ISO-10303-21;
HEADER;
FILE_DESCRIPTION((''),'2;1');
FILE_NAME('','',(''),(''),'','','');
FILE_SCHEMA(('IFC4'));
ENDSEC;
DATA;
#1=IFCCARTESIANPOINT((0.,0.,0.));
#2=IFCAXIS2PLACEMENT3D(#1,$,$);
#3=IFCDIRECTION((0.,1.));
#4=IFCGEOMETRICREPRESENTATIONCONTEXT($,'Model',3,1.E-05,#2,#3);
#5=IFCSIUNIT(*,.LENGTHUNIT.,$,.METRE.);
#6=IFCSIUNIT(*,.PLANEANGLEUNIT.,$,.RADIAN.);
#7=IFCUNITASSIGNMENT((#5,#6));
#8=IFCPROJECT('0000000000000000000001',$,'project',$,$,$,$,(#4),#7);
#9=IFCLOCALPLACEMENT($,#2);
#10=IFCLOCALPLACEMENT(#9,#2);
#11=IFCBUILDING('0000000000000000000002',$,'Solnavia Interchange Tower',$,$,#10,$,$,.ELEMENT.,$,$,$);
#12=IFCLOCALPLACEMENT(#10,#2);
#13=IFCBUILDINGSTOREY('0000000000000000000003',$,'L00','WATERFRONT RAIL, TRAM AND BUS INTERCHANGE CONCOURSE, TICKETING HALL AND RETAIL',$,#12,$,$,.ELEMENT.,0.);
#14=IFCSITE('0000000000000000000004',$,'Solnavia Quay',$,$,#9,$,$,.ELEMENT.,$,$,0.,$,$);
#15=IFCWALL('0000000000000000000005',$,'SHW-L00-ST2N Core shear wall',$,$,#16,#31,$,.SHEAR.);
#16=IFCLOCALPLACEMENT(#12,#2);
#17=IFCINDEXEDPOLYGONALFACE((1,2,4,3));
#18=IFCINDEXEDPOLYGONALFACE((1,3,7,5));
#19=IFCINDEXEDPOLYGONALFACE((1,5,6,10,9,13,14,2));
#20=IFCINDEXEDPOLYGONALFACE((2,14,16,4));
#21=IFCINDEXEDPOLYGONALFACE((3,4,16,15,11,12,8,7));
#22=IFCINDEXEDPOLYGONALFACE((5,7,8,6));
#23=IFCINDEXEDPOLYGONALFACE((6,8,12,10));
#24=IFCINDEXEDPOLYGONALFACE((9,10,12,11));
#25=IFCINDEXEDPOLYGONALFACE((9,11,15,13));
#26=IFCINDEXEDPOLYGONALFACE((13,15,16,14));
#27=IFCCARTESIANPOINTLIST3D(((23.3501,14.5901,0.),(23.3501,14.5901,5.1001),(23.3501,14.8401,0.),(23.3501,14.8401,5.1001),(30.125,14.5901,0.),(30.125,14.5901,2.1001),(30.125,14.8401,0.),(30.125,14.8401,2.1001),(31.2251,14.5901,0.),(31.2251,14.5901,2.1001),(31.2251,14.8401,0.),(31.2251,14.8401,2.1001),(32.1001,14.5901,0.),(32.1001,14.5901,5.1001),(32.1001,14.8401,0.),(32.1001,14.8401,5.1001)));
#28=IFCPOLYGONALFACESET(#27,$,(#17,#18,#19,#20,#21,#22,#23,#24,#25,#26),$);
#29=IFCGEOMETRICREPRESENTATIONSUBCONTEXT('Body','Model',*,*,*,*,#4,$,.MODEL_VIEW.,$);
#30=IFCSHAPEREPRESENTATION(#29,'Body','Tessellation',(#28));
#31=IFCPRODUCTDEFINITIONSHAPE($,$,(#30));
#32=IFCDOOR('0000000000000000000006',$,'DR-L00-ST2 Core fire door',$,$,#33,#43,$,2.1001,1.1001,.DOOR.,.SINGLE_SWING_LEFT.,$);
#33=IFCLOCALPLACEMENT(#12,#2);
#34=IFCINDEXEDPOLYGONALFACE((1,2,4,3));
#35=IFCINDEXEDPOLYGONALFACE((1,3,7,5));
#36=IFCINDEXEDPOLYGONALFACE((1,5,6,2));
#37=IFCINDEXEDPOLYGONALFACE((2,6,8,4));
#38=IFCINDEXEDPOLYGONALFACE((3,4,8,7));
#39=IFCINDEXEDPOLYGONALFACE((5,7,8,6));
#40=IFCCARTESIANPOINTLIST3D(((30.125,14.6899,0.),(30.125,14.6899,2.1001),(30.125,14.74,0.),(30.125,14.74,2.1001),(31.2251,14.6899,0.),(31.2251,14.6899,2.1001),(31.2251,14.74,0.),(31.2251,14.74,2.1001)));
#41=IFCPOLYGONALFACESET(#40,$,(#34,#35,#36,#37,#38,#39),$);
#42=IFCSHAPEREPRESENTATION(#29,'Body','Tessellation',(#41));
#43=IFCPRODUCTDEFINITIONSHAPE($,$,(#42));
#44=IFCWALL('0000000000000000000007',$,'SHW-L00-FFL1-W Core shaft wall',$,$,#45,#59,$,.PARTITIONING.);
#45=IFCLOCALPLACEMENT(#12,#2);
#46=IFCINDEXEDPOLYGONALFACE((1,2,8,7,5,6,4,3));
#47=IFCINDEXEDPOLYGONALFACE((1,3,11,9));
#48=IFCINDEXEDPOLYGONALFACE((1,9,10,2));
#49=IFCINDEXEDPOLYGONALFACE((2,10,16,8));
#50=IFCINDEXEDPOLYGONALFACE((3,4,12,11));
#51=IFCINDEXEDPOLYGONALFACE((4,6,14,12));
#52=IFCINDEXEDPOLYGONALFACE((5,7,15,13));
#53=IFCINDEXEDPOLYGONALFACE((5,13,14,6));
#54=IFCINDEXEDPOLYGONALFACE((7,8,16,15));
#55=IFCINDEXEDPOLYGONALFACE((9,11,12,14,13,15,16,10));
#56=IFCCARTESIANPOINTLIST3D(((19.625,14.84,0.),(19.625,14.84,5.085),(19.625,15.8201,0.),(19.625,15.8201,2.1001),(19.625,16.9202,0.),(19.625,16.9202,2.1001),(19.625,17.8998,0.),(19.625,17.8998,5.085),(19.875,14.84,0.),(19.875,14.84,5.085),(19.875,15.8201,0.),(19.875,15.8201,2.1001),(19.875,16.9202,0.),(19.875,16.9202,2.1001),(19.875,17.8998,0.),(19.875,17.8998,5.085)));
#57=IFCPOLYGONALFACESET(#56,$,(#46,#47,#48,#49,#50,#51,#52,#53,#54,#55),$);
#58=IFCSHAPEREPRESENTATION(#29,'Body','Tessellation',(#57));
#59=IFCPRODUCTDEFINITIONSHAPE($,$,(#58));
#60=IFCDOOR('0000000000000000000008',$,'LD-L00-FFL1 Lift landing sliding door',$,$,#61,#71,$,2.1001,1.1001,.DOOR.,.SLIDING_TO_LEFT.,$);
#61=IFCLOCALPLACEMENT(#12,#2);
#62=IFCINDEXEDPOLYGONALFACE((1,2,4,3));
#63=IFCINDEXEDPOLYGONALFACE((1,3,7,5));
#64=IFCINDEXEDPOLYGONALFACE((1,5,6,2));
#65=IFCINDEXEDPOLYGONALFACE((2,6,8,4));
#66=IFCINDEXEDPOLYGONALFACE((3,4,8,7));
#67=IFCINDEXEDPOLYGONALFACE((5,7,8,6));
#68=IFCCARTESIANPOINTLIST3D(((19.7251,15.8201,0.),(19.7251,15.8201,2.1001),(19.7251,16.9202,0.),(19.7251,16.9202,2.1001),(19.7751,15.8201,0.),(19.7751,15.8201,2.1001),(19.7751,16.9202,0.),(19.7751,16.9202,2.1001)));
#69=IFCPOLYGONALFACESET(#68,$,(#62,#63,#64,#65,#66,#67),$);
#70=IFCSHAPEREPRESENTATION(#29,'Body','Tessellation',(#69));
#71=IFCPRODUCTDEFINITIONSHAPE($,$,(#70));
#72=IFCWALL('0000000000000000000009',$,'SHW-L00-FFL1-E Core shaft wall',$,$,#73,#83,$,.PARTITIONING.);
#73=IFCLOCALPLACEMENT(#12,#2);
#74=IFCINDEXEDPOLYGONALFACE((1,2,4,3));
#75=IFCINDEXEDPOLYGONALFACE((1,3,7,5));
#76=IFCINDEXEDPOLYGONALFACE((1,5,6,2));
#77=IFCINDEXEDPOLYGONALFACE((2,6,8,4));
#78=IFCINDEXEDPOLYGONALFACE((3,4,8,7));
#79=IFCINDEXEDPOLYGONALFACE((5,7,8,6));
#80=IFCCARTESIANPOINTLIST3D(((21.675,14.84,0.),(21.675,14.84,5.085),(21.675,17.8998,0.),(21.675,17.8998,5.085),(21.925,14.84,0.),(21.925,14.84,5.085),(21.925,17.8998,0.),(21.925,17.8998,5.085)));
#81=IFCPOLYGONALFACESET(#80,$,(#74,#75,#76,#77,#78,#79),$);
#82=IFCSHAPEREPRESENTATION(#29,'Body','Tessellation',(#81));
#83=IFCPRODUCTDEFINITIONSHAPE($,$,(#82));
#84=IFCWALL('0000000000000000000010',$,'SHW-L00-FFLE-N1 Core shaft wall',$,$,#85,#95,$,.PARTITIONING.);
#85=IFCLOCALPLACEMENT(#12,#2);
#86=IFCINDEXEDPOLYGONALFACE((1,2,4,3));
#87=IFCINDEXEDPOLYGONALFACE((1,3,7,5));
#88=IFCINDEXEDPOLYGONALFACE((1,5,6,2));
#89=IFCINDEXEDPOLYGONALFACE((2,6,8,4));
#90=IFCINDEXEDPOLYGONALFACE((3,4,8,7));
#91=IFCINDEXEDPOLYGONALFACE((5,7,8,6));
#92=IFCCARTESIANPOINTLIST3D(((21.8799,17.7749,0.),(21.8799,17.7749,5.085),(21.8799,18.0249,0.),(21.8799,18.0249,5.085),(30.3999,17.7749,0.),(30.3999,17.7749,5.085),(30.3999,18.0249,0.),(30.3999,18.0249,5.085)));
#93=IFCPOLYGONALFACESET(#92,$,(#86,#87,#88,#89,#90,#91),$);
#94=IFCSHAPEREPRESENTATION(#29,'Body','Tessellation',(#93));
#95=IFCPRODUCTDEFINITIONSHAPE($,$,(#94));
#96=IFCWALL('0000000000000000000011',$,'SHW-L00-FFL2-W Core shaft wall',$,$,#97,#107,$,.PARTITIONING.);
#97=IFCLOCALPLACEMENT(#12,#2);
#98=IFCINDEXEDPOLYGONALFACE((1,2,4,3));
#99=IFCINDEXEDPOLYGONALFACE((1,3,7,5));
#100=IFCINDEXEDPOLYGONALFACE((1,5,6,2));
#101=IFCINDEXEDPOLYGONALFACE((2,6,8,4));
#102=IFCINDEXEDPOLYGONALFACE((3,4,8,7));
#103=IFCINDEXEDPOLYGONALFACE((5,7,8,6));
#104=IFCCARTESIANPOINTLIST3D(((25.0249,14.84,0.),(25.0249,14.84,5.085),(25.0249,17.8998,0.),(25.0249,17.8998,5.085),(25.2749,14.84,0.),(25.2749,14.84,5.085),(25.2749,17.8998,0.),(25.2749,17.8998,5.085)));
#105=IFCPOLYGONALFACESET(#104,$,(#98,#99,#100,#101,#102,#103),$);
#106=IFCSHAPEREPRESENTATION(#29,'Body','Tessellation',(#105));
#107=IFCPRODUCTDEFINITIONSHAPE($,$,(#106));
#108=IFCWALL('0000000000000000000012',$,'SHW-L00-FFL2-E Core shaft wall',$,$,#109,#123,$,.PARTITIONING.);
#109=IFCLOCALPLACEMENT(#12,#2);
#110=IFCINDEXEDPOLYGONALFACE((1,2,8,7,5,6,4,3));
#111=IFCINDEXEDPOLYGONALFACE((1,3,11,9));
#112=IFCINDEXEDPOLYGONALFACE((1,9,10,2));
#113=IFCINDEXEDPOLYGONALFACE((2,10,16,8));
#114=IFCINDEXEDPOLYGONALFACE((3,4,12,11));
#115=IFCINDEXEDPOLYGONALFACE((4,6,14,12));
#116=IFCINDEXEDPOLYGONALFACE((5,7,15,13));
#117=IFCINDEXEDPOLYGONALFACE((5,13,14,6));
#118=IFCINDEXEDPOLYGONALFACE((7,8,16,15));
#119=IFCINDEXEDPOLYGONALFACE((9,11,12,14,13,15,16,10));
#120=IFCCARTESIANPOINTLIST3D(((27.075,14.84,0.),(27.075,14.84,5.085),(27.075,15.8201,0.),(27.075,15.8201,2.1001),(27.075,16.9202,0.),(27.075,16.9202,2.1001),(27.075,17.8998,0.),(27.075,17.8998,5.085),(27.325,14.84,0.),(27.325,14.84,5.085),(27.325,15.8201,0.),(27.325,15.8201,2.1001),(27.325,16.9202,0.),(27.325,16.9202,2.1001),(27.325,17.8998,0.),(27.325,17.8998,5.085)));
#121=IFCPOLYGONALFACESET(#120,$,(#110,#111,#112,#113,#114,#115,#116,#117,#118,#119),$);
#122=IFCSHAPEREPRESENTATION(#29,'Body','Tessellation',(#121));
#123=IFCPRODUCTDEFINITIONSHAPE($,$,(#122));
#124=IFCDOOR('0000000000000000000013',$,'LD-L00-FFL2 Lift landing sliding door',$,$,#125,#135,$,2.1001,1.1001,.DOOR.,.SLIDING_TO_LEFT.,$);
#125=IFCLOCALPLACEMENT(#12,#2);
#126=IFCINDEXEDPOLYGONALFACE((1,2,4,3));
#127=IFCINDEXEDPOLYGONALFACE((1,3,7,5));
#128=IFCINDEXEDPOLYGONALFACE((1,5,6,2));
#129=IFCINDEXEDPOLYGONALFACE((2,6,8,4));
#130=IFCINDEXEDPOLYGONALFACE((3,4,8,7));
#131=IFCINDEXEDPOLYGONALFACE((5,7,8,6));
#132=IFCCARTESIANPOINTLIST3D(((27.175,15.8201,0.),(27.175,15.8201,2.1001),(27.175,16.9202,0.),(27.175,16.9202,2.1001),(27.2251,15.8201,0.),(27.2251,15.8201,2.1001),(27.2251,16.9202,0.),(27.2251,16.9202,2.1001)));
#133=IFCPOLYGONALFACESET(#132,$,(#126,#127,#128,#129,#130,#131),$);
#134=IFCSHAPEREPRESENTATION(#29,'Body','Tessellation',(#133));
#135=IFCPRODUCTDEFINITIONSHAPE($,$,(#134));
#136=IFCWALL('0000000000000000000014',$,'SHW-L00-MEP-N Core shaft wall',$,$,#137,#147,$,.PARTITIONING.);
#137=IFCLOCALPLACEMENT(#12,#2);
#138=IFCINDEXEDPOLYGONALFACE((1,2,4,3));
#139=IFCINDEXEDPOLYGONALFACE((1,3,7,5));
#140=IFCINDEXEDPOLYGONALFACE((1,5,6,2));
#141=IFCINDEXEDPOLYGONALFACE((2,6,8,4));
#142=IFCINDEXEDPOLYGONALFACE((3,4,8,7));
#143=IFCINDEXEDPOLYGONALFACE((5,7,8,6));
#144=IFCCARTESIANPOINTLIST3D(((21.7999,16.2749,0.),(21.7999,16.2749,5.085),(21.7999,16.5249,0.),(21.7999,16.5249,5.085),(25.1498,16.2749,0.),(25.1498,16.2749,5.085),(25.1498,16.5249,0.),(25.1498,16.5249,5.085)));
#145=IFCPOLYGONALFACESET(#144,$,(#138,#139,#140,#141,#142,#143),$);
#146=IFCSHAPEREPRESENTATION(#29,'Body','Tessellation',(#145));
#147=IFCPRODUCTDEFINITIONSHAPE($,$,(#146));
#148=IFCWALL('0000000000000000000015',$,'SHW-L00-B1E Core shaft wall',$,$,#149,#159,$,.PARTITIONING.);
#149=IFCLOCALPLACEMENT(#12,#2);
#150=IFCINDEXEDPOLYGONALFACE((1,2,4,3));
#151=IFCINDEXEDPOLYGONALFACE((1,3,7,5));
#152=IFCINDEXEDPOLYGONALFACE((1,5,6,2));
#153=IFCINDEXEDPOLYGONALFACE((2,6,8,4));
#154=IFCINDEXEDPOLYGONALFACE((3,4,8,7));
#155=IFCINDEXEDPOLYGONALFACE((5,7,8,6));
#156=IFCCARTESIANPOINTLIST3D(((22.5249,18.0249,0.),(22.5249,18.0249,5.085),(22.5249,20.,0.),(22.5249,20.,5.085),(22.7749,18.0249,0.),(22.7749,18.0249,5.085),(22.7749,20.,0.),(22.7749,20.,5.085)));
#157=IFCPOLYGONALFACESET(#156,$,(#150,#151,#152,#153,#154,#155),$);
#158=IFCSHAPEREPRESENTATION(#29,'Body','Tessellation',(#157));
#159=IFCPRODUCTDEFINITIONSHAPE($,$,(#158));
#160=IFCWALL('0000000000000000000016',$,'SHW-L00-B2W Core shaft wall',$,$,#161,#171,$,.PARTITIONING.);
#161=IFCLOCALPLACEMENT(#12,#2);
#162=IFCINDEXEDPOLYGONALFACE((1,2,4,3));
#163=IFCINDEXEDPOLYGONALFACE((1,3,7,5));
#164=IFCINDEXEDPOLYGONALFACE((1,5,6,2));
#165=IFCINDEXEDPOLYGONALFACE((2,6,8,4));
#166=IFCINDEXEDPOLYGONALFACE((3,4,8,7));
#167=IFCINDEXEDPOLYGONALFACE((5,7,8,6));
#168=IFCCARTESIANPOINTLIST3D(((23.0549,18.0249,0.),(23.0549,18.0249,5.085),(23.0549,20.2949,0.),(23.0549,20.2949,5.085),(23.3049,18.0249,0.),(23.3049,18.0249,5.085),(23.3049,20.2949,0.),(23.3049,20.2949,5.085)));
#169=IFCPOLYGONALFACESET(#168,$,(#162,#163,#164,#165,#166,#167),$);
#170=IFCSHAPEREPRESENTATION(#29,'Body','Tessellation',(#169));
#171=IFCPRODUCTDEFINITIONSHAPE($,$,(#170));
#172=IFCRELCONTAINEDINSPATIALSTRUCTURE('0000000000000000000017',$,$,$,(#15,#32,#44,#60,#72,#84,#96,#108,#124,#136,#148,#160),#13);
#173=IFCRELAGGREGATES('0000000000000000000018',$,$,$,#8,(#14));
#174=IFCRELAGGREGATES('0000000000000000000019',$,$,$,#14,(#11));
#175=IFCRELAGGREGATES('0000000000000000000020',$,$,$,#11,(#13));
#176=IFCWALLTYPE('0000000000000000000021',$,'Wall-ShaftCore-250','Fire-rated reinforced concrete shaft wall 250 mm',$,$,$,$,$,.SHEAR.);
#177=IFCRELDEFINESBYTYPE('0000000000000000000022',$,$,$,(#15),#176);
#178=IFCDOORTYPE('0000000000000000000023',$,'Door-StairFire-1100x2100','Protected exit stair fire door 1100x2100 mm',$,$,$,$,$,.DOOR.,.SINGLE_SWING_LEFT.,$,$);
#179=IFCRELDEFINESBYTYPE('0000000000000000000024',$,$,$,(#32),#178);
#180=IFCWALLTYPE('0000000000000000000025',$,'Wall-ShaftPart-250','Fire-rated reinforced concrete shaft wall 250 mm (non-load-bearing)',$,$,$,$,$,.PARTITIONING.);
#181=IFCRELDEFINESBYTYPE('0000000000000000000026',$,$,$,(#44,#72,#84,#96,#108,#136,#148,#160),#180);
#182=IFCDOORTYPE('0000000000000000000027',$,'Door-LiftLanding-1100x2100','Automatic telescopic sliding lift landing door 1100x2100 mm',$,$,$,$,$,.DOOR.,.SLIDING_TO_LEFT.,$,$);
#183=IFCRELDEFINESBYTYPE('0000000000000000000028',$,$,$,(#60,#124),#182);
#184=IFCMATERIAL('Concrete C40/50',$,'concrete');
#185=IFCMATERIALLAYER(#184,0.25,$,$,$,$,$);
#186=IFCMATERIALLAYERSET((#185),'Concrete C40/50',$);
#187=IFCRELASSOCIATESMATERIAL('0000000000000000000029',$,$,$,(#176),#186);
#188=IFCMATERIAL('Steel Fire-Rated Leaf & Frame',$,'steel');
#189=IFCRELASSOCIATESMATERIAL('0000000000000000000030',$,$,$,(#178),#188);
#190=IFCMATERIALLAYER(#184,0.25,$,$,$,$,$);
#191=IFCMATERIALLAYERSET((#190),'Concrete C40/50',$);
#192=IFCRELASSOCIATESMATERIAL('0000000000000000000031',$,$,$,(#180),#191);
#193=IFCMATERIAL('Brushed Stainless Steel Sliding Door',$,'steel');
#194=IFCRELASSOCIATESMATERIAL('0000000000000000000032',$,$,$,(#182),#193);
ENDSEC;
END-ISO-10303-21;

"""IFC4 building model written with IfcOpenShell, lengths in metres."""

from ifc_helpers import new_model, si_unit, direction, frame, frame_2d, origin, place, context, subcontext, project, spatial, rectangle, extrude, material, layer, layer_set, type_object, element, fill, save


model = new_model("IFC4")

# Units and contexts
model_context = context("Model", 3, precision=1e-05, world=origin(), true_north=direction((0.0, 1.0)))
body_context = subcontext(model_context, "Body", "Model", "MODEL_VIEW")
ifc_project = project(units=[si_unit("LENGTHUNIT", "METRE"), si_unit("PLANEANGLEUNIT", "RADIAN")], contexts=[model_context])

# Site, building, storey
site_placement = place(None, origin())
site = spatial("IfcSite", under=ifc_project, at=site_placement, Name="Solnavia Quay", CompositionType="ELEMENT", RefElevation=0.0)
building_placement = place(site_placement, origin())
building = spatial("IfcBuilding", under=site, at=building_placement, Name="Solnavia Interchange Tower", CompositionType="ELEMENT")
storey_placement = place(building_placement, origin())
storey = spatial("IfcBuildingStorey", under=building, at=storey_placement, Name="L00", Description="WATERFRONT RAIL, TRAM AND BUS INTERCHANGE CONCOURSE, TICKETING HALL AND RETAIL", CompositionType="ELEMENT", Elevation=0.0)

# Walls, openings, doors
ifc_material_1 = material(Name="Concrete C40/50", Category="concrete")
ifc_layer_1 = layer(ifc_material_1, 0.25)
ifc_layer_set_1 = layer_set([ifc_layer_1], Name="Concrete C40/50")
wall_type_1 = type_object("IfcWallType", Name="Wall-ShaftCore-250", Description="Fire-rated reinforced concrete shaft wall 250 mm", PredefinedType="SHEAR", material=ifc_layer_set_1)
wall_1_placement = place(storey_placement, frame((23.3501, 14.7151, 0.0), z_axis=(0.0, 0.0, 1.0), x_axis=(1.0, 0.0, 0.0)))
wall_1 = element("IfcWall", 1, at=wall_1_placement, inside=storey, type_object=wall_type_1, Name="SHW-L00-ST2N Core shear wall", PredefinedType="SHEAR", context=body_context, shape_type="SweptSolid", body=[
    extrude(rectangle(XDim=8.75, YDim=0.25, at=frame_2d((4.375, 0.0))), origin(), (0.0, 0.0, 1.0), 5.1001),
])
opening_1_placement = place(wall_1_placement, frame((6.7749, 0.0, 0.0)))
opening_1 = element("IfcOpeningElement", 2, at=opening_1_placement, cuts=wall_1, PredefinedType="OPENING", context=body_context, shape_type="SweptSolid", body=[
    extrude(rectangle(XDim=1.1001, YDim=2.1001, at=frame_2d((0.55, 1.05))), frame((0.0, 0.135, 0.0), z_axis=(0.0, -1.0, 0.0), x_axis=(1.0, 0.0, 0.0)), (0.0, 0.0, 1.0), 0.27),
])
ifc_material_2 = material(Name="Steel Fire-Rated Leaf & Frame", Category="steel")
door_type_1 = type_object("IfcDoorType", Name="Door-StairFire-1100x2100", Description="Protected exit stair fire door 1100x2100 mm", OperationType="SINGLE_SWING_LEFT", PredefinedType="DOOR", material=ifc_material_2)
door_1_placement = place(opening_1_placement, origin())
door_1 = element("IfcDoor", 3, at=door_1_placement, inside=storey, type_object=door_type_1, Name="DR-L00-ST2 Core fire door", OperationType="SINGLE_SWING_LEFT", OverallHeight=2.1001, OverallWidth=1.1001, PredefinedType="DOOR", context=body_context, shape_type="SweptSolid", body=[
    extrude(rectangle(XDim=1.1001, YDim=2.1001, at=frame_2d((0.55, 1.05))), frame((0.0, 0.0249, 0.0), z_axis=(0.0, -1.0, 0.0), x_axis=(1.0, 0.0, 0.0)), (0.0, 0.0, 1.0), 0.05),
])
fill(opening_1, door_1)
ifc_layer_2 = layer(ifc_material_1, 0.25)
ifc_layer_set_2 = layer_set([ifc_layer_2], Name="Concrete C40/50")
wall_type_2 = type_object("IfcWallType", Name="Wall-ShaftPart-250", Description="Fire-rated reinforced concrete shaft wall 250 mm (non-load-bearing)", PredefinedType="PARTITIONING", material=ifc_layer_set_2)
wall_2_placement = place(storey_placement, frame((19.75, 14.8401, 0.0), z_axis=(0.0, 0.0, 1.0), x_axis=(0.0, 1.0, 0.0)))
wall_2 = element("IfcWall", 4, at=wall_2_placement, inside=storey, type_object=wall_type_2, Name="SHW-L00-FFL1-W Core shaft wall", PredefinedType="PARTITIONING", context=body_context, shape_type="SweptSolid", body=[
    extrude(rectangle(XDim=3.0598, YDim=0.25, at=frame_2d((1.5298, 0.0))), origin(), (0.0, 0.0, 1.0), 5.085),
])
opening_2_placement = place(wall_2_placement, frame((0.98, 0.0, 0.0)))
opening_2 = element("IfcOpeningElement", 5, at=opening_2_placement, cuts=wall_2, PredefinedType="OPENING", context=body_context, shape_type="SweptSolid", body=[
    extrude(rectangle(XDim=1.1001, YDim=2.1001, at=frame_2d((0.55, 1.05))), frame((0.0, 0.135, 0.0), z_axis=(0.0, -1.0, 0.0), x_axis=(1.0, 0.0, 0.0)), (0.0, 0.0, 1.0), 0.27),
])
ifc_material_3 = material(Name="Brushed Stainless Steel Sliding Door", Category="steel")
door_type_2 = type_object("IfcDoorType", Name="Door-LiftLanding-1100x2100", Description="Automatic telescopic sliding lift landing door 1100x2100 mm", OperationType="SLIDING_TO_LEFT", PredefinedType="DOOR", material=ifc_material_3)
door_2_placement = place(opening_2_placement, origin())
door_2 = element("IfcDoor", 6, at=door_2_placement, inside=storey, type_object=door_type_2, Name="LD-L00-FFL1 Lift landing sliding door", OperationType="SLIDING_TO_LEFT", OverallHeight=2.1001, OverallWidth=1.1001, PredefinedType="DOOR", context=body_context, shape_type="SweptSolid", body=[
    extrude(rectangle(XDim=1.1001, YDim=2.1001, at=frame_2d((0.55, 1.05))), frame((0.0, 0.0249, 0.0), z_axis=(0.0, -1.0, 0.0), x_axis=(1.0, 0.0, 0.0)), (0.0, 0.0, 1.0), 0.05),
])
fill(opening_2, door_2)

# Walls
wall_3_placement = place(storey_placement, frame((21.8, 14.8401, 0.0), z_axis=(0.0, 0.0, 1.0), x_axis=(0.0, 1.0, 0.0)))
element("IfcWall", 7, at=wall_3_placement, inside=storey, type_object=wall_type_2, Name="SHW-L00-FFL1-E Core shaft wall", PredefinedType="PARTITIONING", context=body_context, shape_type="SweptSolid", body=[
    extrude(rectangle(XDim=3.0598, YDim=0.25, at=frame_2d((1.5298, 0.0))), origin(), (0.0, 0.0, 1.0), 5.085),
])
wall_4_placement = place(storey_placement, frame((21.8799, 17.8999, 0.0), z_axis=(0.0, 0.0, 1.0), x_axis=(1.0, 0.0, 0.0)))
element("IfcWall", 8, at=wall_4_placement, inside=storey, type_object=wall_type_2, Name="SHW-L00-FFLE-N1 Core shaft wall", PredefinedType="PARTITIONING", context=body_context, shape_type="SweptSolid", body=[
    extrude(rectangle(XDim=8.52, YDim=0.25, at=frame_2d((4.26, 0.0))), origin(), (0.0, 0.0, 1.0), 5.085),
])
wall_5_placement = place(storey_placement, frame((25.1499, 14.8401, 0.0), z_axis=(0.0, 0.0, 1.0), x_axis=(0.0, 1.0, 0.0)))
element("IfcWall", 9, at=wall_5_placement, inside=storey, type_object=wall_type_2, Name="SHW-L00-FFL2-W Core shaft wall", PredefinedType="PARTITIONING", context=body_context, shape_type="SweptSolid", body=[
    extrude(rectangle(XDim=3.0598, YDim=0.25, at=frame_2d((1.5298, 0.0))), origin(), (0.0, 0.0, 1.0), 5.085),
])

# Wall, opening, door
wall_6_placement = place(storey_placement, frame((27.2, 14.8401, 0.0), z_axis=(0.0, 0.0, 1.0), x_axis=(0.0, 1.0, 0.0)))
wall_6 = element("IfcWall", 10, at=wall_6_placement, inside=storey, type_object=wall_type_2, Name="SHW-L00-FFL2-E Core shaft wall", PredefinedType="PARTITIONING", context=body_context, shape_type="SweptSolid", body=[
    extrude(rectangle(XDim=3.0598, YDim=0.25, at=frame_2d((1.5298, 0.0))), origin(), (0.0, 0.0, 1.0), 5.085),
])
opening_3_placement = place(wall_6_placement, frame((0.98, 0.0, 0.0)))
opening_3 = element("IfcOpeningElement", 11, at=opening_3_placement, cuts=wall_6, PredefinedType="OPENING", context=body_context, shape_type="SweptSolid", body=[
    extrude(rectangle(XDim=1.1001, YDim=2.1001, at=frame_2d((0.55, 1.05))), frame((0.0, 0.135, 0.0), z_axis=(0.0, -1.0, 0.0), x_axis=(1.0, 0.0, 0.0)), (0.0, 0.0, 1.0), 0.27),
])
door_3_placement = place(opening_3_placement, origin())
door_3 = element("IfcDoor", 12, at=door_3_placement, inside=storey, type_object=door_type_2, Name="LD-L00-FFL2 Lift landing sliding door", OperationType="SLIDING_TO_LEFT", OverallHeight=2.1001, OverallWidth=1.1001, PredefinedType="DOOR", context=body_context, shape_type="SweptSolid", body=[
    extrude(rectangle(XDim=1.1001, YDim=2.1001, at=frame_2d((0.55, 1.05))), frame((0.0, 0.0249, 0.0), z_axis=(0.0, -1.0, 0.0), x_axis=(1.0, 0.0, 0.0)), (0.0, 0.0, 1.0), 0.05),
])
fill(opening_3, door_3)

# Walls
wall_7_placement = place(storey_placement, frame((21.8, 16.3999, 0.0), z_axis=(0.0, 0.0, 1.0), x_axis=(1.0, 0.0, 0.0)))
element("IfcWall", 13, at=wall_7_placement, inside=storey, type_object=wall_type_2, Name="SHW-L00-MEP-N Core shaft wall", PredefinedType="PARTITIONING", context=body_context, shape_type="SweptSolid", body=[
    extrude(rectangle(XDim=3.3499, YDim=0.25, at=frame_2d((1.6748, 0.0))), origin(), (0.0, 0.0, 1.0), 5.085),
])
wall_8_placement = place(storey_placement, frame((22.6499, 18.0249, 0.0), z_axis=(0.0, 0.0, 1.0), x_axis=(0.0, 1.0, 0.0)))
element("IfcWall", 14, at=wall_8_placement, inside=storey, type_object=wall_type_2, Name="SHW-L00-B1E Core shaft wall", PredefinedType="PARTITIONING", context=body_context, shape_type="SweptSolid", body=[
    extrude(rectangle(XDim=1.9751, YDim=0.25, at=frame_2d((0.9875, 0.0))), origin(), (0.0, 0.0, 1.0), 5.085),
])
wall_9_placement = place(storey_placement, frame((23.1799, 18.0249, 0.0), z_axis=(0.0, 0.0, 1.0), x_axis=(0.0, 1.0, 0.0)))
element("IfcWall", 15, at=wall_9_placement, inside=storey, type_object=wall_type_2, Name="SHW-L00-B2W Core shaft wall", PredefinedType="PARTITIONING", context=body_context, shape_type="SweptSolid", body=[
    extrude(rectangle(XDim=2.27, YDim=0.25, at=frame_2d((1.135, 0.0))), origin(), (0.0, 0.0, 1.0), 5.085),
])

save(model, "model.ifc")
